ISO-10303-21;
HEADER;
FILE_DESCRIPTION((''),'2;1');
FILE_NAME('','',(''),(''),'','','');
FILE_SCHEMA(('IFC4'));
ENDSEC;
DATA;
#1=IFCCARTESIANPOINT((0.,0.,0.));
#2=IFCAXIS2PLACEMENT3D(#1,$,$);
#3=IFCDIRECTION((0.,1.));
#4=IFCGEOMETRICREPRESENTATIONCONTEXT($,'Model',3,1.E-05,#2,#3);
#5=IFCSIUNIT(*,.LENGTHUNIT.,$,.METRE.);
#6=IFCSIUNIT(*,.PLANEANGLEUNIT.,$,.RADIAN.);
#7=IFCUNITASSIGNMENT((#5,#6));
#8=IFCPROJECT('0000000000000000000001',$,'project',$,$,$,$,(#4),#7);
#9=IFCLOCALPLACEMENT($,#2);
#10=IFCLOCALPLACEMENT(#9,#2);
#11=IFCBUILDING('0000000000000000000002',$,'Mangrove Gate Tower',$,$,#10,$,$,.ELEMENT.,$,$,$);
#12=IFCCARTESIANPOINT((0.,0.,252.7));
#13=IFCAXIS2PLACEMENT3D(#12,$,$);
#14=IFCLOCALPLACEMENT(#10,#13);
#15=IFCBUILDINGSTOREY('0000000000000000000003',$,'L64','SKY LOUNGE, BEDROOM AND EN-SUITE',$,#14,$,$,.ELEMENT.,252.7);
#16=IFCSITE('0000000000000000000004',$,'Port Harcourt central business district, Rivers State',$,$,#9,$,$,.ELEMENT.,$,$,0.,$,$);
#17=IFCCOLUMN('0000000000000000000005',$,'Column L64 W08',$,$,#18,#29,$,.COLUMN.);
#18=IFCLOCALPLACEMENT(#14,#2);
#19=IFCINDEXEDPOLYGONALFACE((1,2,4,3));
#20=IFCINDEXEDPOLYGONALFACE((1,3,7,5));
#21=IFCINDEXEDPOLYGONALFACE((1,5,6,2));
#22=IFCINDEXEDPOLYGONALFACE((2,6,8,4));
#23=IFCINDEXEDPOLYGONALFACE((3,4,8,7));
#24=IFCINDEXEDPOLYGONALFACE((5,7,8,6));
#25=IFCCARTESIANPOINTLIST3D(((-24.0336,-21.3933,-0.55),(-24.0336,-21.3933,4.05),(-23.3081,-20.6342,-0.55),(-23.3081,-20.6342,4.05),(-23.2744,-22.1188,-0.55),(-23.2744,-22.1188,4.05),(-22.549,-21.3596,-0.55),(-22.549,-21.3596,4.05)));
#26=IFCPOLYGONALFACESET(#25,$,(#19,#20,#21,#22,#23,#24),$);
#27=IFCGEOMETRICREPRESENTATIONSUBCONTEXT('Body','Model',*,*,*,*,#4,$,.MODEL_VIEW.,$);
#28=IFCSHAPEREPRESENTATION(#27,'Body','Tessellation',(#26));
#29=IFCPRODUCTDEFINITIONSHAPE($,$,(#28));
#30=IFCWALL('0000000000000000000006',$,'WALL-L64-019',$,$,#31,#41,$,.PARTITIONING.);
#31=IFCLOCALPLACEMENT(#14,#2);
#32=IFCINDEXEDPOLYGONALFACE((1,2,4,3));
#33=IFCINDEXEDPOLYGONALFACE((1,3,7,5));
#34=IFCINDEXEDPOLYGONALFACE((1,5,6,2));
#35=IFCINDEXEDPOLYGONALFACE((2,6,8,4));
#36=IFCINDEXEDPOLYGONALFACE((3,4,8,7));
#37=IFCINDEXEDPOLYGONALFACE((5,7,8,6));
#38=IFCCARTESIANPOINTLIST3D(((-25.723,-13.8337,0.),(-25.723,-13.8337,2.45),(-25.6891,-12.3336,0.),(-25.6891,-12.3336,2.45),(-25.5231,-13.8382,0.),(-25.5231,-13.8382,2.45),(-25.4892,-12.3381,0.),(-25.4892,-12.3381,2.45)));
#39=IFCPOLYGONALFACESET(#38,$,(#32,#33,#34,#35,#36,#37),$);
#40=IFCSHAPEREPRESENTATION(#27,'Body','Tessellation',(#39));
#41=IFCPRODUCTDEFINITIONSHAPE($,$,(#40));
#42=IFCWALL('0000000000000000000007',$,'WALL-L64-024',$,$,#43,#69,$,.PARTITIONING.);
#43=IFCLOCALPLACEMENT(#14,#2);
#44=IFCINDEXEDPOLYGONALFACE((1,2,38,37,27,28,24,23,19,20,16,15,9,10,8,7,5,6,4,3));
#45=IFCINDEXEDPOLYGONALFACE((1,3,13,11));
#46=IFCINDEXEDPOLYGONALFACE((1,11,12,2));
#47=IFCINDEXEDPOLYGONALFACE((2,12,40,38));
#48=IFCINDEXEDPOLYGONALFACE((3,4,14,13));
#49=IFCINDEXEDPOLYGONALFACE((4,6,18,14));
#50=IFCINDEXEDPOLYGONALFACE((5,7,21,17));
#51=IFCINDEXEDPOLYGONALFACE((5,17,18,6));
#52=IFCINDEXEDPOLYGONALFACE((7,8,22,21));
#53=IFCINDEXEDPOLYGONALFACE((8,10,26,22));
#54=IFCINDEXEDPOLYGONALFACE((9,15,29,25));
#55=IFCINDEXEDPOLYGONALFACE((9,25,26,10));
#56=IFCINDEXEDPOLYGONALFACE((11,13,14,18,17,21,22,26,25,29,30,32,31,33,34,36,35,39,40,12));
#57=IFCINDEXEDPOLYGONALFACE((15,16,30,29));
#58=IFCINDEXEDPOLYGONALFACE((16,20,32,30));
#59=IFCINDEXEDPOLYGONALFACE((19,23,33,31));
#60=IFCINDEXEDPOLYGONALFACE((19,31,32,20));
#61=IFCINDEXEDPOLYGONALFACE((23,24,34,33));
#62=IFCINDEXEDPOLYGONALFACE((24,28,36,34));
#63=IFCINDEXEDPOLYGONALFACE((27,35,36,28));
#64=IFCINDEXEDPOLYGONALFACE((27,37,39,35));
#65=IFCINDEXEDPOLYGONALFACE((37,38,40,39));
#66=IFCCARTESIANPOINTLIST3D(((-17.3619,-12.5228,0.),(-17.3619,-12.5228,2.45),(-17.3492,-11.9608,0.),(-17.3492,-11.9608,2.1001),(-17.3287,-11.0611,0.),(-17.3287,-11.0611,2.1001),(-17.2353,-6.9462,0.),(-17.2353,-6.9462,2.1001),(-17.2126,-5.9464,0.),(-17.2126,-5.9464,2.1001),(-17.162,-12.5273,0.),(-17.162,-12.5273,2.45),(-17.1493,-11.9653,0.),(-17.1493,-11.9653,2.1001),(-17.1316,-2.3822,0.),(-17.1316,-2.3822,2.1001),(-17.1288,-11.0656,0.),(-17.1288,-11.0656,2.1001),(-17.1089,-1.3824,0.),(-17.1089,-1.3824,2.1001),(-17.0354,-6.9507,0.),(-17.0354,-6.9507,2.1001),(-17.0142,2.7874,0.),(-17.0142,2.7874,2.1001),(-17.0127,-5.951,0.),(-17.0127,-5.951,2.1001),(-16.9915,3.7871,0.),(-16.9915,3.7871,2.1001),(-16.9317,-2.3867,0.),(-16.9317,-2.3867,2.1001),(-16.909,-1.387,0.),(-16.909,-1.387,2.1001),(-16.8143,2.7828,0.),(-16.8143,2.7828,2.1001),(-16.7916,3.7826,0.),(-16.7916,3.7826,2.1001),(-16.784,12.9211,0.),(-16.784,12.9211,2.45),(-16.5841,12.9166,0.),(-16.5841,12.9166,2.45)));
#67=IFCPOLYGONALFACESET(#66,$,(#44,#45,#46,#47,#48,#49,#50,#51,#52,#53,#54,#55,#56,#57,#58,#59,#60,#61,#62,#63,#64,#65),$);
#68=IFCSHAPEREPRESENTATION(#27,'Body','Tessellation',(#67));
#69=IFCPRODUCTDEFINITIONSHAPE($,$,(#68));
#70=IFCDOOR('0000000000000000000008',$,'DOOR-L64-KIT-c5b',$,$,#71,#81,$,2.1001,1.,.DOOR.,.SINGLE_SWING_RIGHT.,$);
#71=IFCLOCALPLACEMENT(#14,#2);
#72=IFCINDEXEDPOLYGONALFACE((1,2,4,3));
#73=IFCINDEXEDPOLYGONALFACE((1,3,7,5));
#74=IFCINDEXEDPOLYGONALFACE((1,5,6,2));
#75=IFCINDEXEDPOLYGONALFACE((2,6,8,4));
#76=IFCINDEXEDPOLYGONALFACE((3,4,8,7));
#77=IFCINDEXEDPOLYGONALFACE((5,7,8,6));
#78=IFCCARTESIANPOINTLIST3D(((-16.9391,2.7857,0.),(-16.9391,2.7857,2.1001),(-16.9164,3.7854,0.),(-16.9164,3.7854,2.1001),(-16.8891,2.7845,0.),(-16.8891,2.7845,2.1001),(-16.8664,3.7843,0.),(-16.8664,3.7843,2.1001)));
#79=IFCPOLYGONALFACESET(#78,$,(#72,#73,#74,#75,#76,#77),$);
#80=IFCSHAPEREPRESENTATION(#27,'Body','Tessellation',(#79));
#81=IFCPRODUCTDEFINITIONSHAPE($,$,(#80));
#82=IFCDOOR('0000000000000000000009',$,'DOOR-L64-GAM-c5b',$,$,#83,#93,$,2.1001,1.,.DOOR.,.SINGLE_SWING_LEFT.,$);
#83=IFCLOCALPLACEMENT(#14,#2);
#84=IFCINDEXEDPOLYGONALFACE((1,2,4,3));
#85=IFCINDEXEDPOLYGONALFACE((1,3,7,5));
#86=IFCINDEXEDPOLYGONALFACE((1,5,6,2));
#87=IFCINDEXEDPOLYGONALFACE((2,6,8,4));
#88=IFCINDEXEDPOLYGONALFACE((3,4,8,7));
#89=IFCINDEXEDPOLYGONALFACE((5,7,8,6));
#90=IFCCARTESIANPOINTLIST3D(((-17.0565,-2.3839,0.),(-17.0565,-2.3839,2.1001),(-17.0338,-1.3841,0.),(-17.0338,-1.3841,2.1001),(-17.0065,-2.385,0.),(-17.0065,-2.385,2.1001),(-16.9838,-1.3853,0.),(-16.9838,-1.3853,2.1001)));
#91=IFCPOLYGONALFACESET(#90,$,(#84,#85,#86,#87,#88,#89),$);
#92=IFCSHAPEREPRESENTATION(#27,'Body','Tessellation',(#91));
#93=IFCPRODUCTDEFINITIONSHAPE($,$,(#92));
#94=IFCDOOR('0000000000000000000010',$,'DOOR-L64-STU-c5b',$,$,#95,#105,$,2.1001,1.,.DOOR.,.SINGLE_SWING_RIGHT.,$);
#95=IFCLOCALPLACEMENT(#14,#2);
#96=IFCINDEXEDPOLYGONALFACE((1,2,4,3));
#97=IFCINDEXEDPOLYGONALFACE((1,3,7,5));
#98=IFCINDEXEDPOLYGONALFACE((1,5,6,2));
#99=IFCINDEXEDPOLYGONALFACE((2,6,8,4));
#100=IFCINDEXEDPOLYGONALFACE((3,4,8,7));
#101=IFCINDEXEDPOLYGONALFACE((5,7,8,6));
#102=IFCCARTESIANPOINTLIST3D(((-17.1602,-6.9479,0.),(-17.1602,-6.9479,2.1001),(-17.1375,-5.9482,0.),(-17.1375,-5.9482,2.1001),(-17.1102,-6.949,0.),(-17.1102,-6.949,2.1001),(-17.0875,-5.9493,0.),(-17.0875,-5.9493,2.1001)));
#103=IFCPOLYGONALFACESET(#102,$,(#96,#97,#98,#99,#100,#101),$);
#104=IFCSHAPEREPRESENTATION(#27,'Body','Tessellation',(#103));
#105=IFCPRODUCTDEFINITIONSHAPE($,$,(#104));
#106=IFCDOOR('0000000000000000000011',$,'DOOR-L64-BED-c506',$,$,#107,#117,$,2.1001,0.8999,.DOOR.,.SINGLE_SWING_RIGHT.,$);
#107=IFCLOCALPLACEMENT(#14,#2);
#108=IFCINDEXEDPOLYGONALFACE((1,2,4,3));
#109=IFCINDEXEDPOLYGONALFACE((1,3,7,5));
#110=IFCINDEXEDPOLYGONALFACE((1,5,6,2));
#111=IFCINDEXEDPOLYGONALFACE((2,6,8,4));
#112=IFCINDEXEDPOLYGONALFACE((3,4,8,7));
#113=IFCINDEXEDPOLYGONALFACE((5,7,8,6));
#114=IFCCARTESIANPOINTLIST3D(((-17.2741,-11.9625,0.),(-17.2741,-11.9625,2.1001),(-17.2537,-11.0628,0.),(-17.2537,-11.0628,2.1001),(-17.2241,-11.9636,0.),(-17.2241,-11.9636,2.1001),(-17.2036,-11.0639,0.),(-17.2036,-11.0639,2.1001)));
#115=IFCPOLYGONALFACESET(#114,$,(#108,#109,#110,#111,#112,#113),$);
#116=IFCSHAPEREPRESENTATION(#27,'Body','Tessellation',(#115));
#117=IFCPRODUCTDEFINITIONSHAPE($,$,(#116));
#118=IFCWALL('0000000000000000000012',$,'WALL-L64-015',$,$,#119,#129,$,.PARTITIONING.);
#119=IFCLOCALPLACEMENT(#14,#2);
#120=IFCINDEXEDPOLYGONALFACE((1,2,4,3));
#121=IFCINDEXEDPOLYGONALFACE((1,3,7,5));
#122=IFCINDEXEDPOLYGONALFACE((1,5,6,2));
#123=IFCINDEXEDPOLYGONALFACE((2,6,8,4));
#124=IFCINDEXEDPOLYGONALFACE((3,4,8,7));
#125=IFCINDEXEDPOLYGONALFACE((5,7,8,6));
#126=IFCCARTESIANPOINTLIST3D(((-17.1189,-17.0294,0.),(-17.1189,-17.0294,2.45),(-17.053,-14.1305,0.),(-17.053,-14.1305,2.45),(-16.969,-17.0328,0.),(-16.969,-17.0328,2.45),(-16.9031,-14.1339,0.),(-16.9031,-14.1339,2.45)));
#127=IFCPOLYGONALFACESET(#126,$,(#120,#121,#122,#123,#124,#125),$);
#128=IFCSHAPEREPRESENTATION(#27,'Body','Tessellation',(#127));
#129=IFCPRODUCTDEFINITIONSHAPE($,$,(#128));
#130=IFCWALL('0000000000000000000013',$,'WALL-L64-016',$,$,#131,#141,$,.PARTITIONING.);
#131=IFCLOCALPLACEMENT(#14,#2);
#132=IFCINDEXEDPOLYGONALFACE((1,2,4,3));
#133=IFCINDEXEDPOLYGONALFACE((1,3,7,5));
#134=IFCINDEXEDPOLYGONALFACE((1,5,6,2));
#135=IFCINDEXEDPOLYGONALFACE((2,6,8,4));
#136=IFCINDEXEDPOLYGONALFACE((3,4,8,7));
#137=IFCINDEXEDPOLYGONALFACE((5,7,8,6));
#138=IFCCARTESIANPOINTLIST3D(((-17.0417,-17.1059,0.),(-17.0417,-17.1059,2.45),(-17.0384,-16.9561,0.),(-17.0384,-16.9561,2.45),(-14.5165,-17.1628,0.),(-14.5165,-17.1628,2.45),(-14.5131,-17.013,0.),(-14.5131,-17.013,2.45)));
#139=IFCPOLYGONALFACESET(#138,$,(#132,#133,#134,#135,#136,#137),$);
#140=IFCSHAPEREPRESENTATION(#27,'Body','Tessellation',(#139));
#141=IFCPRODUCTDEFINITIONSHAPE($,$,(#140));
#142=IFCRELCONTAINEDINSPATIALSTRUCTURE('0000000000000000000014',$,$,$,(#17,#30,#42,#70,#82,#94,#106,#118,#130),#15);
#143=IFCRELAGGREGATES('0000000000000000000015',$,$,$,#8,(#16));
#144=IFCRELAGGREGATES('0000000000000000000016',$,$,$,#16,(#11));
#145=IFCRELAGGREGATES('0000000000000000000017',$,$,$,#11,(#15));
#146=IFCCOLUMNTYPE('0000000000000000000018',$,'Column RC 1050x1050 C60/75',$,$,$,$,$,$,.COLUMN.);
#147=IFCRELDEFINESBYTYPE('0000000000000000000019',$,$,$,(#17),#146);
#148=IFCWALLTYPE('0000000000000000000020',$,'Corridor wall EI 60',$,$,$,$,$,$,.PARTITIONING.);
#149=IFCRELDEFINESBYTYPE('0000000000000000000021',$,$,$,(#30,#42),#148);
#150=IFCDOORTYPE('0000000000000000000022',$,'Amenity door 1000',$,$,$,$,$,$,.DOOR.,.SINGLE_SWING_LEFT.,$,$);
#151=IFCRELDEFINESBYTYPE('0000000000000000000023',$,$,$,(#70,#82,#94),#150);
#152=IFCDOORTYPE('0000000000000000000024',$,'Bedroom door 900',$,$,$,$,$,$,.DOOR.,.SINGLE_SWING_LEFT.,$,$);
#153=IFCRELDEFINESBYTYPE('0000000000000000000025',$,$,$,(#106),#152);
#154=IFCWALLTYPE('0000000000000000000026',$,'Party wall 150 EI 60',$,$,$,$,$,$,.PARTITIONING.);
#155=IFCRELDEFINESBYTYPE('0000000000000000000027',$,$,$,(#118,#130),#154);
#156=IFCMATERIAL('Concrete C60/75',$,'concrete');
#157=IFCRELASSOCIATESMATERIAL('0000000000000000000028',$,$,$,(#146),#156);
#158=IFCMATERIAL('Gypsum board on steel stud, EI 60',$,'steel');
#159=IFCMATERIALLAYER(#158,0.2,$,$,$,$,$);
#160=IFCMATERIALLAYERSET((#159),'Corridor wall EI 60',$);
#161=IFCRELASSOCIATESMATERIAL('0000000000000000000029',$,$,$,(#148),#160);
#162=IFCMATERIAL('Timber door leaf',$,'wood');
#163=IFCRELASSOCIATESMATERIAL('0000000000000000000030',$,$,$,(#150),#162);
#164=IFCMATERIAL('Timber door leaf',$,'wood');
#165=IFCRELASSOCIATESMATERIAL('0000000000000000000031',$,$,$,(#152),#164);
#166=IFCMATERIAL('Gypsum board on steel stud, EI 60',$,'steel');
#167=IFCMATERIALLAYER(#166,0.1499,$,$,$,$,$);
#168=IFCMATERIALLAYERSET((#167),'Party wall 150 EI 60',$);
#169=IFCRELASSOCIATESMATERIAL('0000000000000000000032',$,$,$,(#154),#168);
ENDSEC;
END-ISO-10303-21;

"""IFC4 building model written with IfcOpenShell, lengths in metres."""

from ifc_helpers import new_model, si_unit, direction, frame, frame_2d, origin, origin_2d, place, context, subcontext, project, spatial, rectangle, extrude, material, layer, layer_set, material_profile, profile_set, type_object, element, fill, save


model = new_model("IFC4")

# Units and contexts
model_context = context("Model", 3, precision=1e-05, world=origin(), true_north=direction((0.0, 1.0)))
body_context = subcontext(model_context, "Body", "Model", "MODEL_VIEW")
ifc_project = project(units=[si_unit("LENGTHUNIT", "METRE"), si_unit("PLANEANGLEUNIT", "RADIAN")], contexts=[model_context])

# Site, building, storey
site_placement = place(None, origin())
site = spatial("IfcSite", under=ifc_project, at=site_placement, Name="Port Harcourt central business district, Rivers State", CompositionType="ELEMENT", RefElevation=0.0)
building_placement = place(site_placement, origin())
building = spatial("IfcBuilding", under=site, at=building_placement, Name="Mangrove Gate Tower", CompositionType="ELEMENT")
storey_placement = place(building_placement, frame((0.0, 0.0, 252.7)))
storey = spatial("IfcBuildingStorey", under=building, at=storey_placement, Name="L64", Description="SKY LOUNGE, BEDROOM AND EN-SUITE", CompositionType="ELEMENT", Elevation=252.7)

# Column
ifc_material_1 = material(Name="Concrete C60/75", Category="concrete")
ifc_material_profile = material_profile(ifc_material_1, rectangle(XDim=1.05, YDim=1.05, at=origin_2d()))
ifc_profile_set = profile_set([ifc_material_profile], Name="Concrete C60/75")
column_type = type_object("IfcColumnType", Name="Column RC 1050x1050 C60/75", PredefinedType="COLUMN", material=ifc_profile_set)
column_placement = place(storey_placement, frame((-23.2913, -21.3765, -0.55), z_axis=(0.0, 0.0, 1.0), x_axis=(0.722989, -0.69086, 0.0)))
element("IfcColumn", 1, at=column_placement, inside=storey, type_object=column_type, Name="Column L64 W08", PredefinedType="COLUMN", context=body_context, shape_type="SweptSolid", body=[
    extrude(rectangle(XDim=1.05, YDim=1.05, at=origin_2d()), origin(), (0.0, 0.0, 1.0), 4.6001),
])

# Wall
ifc_material_2 = material(Name="Gypsum board on steel stud, EI 60", Category="steel")
ifc_layer_1 = layer(ifc_material_2, 0.2)
ifc_layer_set_1 = layer_set([ifc_layer_1], Name="Corridor wall EI 60")
wall_type_1 = type_object("IfcWallType", Name="Corridor wall EI 60", PredefinedType="PARTITIONING", material=ifc_layer_set_1)
wall_1_placement = place(storey_placement, frame((-25.623, -13.8359, 0.0), z_axis=(0.0, 0.0, 1.0), x_axis=(0.022618, 0.999744, 0.0)))
element("IfcWall", 2, at=wall_1_placement, inside=storey, type_object=wall_type_1, Name="WALL-L64-019", PredefinedType="PARTITIONING", context=body_context, shape_type="SweptSolid", body=[
    extrude(rectangle(XDim=1.5005, YDim=0.2, at=frame_2d((0.7502, 0.0))), origin(), (0.0, 0.0, 1.0), 2.45),
])

# Wall, openings, doors
ifc_material_3 = material(Name="Timber door leaf", Category="wood")
door_type_1 = type_object("IfcDoorType", Name="Amenity door 1000", OperationType="SINGLE_SWING_LEFT", PredefinedType="DOOR", material=ifc_material_3)
ifc_material_4 = material(Name="Timber door leaf", Category="wood")
door_type_2 = type_object("IfcDoorType", Name="Bedroom door 900", OperationType="SINGLE_SWING_LEFT", PredefinedType="DOOR", material=ifc_material_4)
wall_2_placement = place(storey_placement, frame((-17.262, -12.5249, 0.0), z_axis=(0.0, 0.0, 1.0), x_axis=(0.022706, 0.999742, 0.0)))
wall_2 = element("IfcWall", 3, at=wall_2_placement, inside=storey, type_object=wall_type_1, Name="WALL-L64-024", PredefinedType="PARTITIONING", context=body_context, shape_type="SweptSolid", body=[
    extrude(rectangle(XDim=25.4504, YDim=0.2, at=frame_2d((12.7251, 0.0))), origin(), (0.0, 0.0, 1.0), 2.45),
])
opening_1_placement = place(wall_2_placement, frame((15.314, 0.0, 0.0)))
opening_1 = element("IfcOpeningElement", 4, at=opening_1_placement, cuts=wall_2, PredefinedType="OPENING", context=body_context, shape_type="SweptSolid", body=[
    extrude(rectangle(XDim=1.0, YDim=2.1001, at=frame_2d((0.5, 1.05))), frame((0.0, 0.1099, 0.0), z_axis=(0.0, -1.0, 0.0), x_axis=(1.0, 0.0, 0.0)), (0.0, 0.0, 1.0), 0.22),
])
opening_2_placement = place(wall_2_placement, frame((10.1431, 0.0, 0.0)))
opening_2 = element("IfcOpeningElement", 5, at=opening_2_placement, cuts=wall_2, PredefinedType="OPENING", context=body_context, shape_type="SweptSolid", body=[
    extrude(rectangle(XDim=1.0, YDim=2.1001, at=frame_2d((0.5, 1.05))), frame((0.0, 0.1099, 0.0), z_axis=(0.0, -1.0, 0.0), x_axis=(1.0, 0.0, 0.0)), (0.0, 0.0, 1.0), 0.22),
])
opening_3_placement = place(wall_2_placement, frame((5.5779, 0.0, 0.0)))
opening_3 = element("IfcOpeningElement", 6, at=opening_3_placement, cuts=wall_2, PredefinedType="OPENING", context=body_context, shape_type="SweptSolid", body=[
    extrude(rectangle(XDim=1.0, YDim=2.1001, at=frame_2d((0.5, 1.05))), frame((0.0, 0.1099, 0.0), z_axis=(0.0, -1.0, 0.0), x_axis=(1.0, 0.0, 0.0)), (0.0, 0.0, 1.0), 0.22),
])
opening_4_placement = place(wall_2_placement, frame((0.562, 0.0, 0.0)))
opening_4 = element("IfcOpeningElement", 7, at=opening_4_placement, cuts=wall_2, PredefinedType="OPENING", context=body_context, shape_type="SweptSolid", body=[
    extrude(rectangle(XDim=0.8999, YDim=2.1001, at=frame_2d((0.45, 1.05))), frame((0.0, 0.1099, 0.0), z_axis=(0.0, -1.0, 0.0), x_axis=(1.0, 0.0, 0.0)), (0.0, 0.0, 1.0), 0.22),
])
door_1_placement = place(opening_1_placement, origin())
door_1 = element("IfcDoor", 8, at=door_1_placement, inside=storey, type_object=door_type_1, Name="DOOR-L64-KIT-c5b", OperationType="SINGLE_SWING_RIGHT", OverallHeight=2.1001, OverallWidth=1.0, PredefinedType="DOOR", context=body_context, shape_type="SweptSolid", body=[
    extrude(rectangle(XDim=1.0, YDim=2.1001, at=frame_2d((0.5, 1.05))), frame((0.0, 0.0249, 0.0), z_axis=(0.0, -1.0, 0.0), x_axis=(1.0, 0.0, 0.0)), (0.0, 0.0, 1.0), 0.05),
])
fill(opening_1, door_1)
door_2_placement = place(opening_2_placement, origin())
door_2 = element("IfcDoor", 9, at=door_2_placement, inside=storey, type_object=door_type_1, Name="DOOR-L64-GAM-c5b", OperationType="SINGLE_SWING_LEFT", OverallHeight=2.1001, OverallWidth=1.0, PredefinedType="DOOR", context=body_context, shape_type="SweptSolid", body=[
    extrude(rectangle(XDim=1.0, YDim=2.1001, at=frame_2d((0.5, 1.05))), frame((0.0, 0.0249, 0.0), z_axis=(0.0, -1.0, 0.0), x_axis=(1.0, 0.0, 0.0)), (0.0, 0.0, 1.0), 0.05),
])
fill(opening_2, door_2)
door_3_placement = place(opening_3_placement, origin())
door_3 = element("IfcDoor", 10, at=door_3_placement, inside=storey, type_object=door_type_1, Name="DOOR-L64-STU-c5b", OperationType="SINGLE_SWING_RIGHT", OverallHeight=2.1001, OverallWidth=1.0, PredefinedType="DOOR", context=body_context, shape_type="SweptSolid", body=[
    extrude(rectangle(XDim=1.0, YDim=2.1001, at=frame_2d((0.5, 1.05))), frame((0.0, 0.0249, 0.0), z_axis=(0.0, -1.0, 0.0), x_axis=(1.0, 0.0, 0.0)), (0.0, 0.0, 1.0), 0.05),
])
fill(opening_3, door_3)
door_4_placement = place(opening_4_placement, origin())
door_4 = element("IfcDoor", 11, at=door_4_placement, inside=storey, type_object=door_type_2, Name="DOOR-L64-BED-c506", OperationType="SINGLE_SWING_RIGHT", OverallHeight=2.1001, OverallWidth=0.8999, PredefinedType="DOOR", context=body_context, shape_type="SweptSolid", body=[
    extrude(rectangle(XDim=0.8999, YDim=2.1001, at=frame_2d((0.45, 1.05))), frame((0.0, 0.0249, 0.0), z_axis=(0.0, -1.0, 0.0), x_axis=(1.0, 0.0, 0.0)), (0.0, 0.0, 1.0), 0.05),
])
fill(opening_4, door_4)

# Walls
ifc_material_5 = material(Name="Gypsum board on steel stud, EI 60", Category="steel")
ifc_layer_2 = layer(ifc_material_5, 0.1499)
ifc_layer_set_2 = layer_set([ifc_layer_2], Name="Party wall 150 EI 60")
wall_type_2 = type_object("IfcWallType", Name="Party wall 150 EI 60", PredefinedType="PARTITIONING", material=ifc_layer_set_2)
wall_3_placement = place(storey_placement, frame((-17.0439, -17.031, 0.0), z_axis=(0.0, 0.0, 1.0), x_axis=(0.022733, 0.999742, 0.0)))
element("IfcWall", 12, at=wall_3_placement, inside=storey, type_object=wall_type_2, Name="WALL-L64-015", PredefinedType="PARTITIONING", context=body_context, shape_type="SweptSolid", body=[
    extrude(rectangle(XDim=2.8997, YDim=0.1499, at=frame_2d((1.4497, 0.0))), origin(), (0.0, 0.0, 1.0), 2.45),
])
wall_4_placement = place(storey_placement, frame((-17.04, -17.031, 0.0), z_axis=(0.0, 0.0, 1.0), x_axis=(0.999746, -0.022522, 0.0)))
element("IfcWall", 13, at=wall_4_placement, inside=storey, type_object=wall_type_2, Name="WALL-L64-016", PredefinedType="PARTITIONING", context=body_context, shape_type="SweptSolid", body=[
    extrude(rectangle(XDim=2.5259, YDim=0.1499, at=frame_2d((1.2629, 0.0))), origin(), (0.0, 0.0, 1.0), 2.45),
])

save(model, "model.ifc")
